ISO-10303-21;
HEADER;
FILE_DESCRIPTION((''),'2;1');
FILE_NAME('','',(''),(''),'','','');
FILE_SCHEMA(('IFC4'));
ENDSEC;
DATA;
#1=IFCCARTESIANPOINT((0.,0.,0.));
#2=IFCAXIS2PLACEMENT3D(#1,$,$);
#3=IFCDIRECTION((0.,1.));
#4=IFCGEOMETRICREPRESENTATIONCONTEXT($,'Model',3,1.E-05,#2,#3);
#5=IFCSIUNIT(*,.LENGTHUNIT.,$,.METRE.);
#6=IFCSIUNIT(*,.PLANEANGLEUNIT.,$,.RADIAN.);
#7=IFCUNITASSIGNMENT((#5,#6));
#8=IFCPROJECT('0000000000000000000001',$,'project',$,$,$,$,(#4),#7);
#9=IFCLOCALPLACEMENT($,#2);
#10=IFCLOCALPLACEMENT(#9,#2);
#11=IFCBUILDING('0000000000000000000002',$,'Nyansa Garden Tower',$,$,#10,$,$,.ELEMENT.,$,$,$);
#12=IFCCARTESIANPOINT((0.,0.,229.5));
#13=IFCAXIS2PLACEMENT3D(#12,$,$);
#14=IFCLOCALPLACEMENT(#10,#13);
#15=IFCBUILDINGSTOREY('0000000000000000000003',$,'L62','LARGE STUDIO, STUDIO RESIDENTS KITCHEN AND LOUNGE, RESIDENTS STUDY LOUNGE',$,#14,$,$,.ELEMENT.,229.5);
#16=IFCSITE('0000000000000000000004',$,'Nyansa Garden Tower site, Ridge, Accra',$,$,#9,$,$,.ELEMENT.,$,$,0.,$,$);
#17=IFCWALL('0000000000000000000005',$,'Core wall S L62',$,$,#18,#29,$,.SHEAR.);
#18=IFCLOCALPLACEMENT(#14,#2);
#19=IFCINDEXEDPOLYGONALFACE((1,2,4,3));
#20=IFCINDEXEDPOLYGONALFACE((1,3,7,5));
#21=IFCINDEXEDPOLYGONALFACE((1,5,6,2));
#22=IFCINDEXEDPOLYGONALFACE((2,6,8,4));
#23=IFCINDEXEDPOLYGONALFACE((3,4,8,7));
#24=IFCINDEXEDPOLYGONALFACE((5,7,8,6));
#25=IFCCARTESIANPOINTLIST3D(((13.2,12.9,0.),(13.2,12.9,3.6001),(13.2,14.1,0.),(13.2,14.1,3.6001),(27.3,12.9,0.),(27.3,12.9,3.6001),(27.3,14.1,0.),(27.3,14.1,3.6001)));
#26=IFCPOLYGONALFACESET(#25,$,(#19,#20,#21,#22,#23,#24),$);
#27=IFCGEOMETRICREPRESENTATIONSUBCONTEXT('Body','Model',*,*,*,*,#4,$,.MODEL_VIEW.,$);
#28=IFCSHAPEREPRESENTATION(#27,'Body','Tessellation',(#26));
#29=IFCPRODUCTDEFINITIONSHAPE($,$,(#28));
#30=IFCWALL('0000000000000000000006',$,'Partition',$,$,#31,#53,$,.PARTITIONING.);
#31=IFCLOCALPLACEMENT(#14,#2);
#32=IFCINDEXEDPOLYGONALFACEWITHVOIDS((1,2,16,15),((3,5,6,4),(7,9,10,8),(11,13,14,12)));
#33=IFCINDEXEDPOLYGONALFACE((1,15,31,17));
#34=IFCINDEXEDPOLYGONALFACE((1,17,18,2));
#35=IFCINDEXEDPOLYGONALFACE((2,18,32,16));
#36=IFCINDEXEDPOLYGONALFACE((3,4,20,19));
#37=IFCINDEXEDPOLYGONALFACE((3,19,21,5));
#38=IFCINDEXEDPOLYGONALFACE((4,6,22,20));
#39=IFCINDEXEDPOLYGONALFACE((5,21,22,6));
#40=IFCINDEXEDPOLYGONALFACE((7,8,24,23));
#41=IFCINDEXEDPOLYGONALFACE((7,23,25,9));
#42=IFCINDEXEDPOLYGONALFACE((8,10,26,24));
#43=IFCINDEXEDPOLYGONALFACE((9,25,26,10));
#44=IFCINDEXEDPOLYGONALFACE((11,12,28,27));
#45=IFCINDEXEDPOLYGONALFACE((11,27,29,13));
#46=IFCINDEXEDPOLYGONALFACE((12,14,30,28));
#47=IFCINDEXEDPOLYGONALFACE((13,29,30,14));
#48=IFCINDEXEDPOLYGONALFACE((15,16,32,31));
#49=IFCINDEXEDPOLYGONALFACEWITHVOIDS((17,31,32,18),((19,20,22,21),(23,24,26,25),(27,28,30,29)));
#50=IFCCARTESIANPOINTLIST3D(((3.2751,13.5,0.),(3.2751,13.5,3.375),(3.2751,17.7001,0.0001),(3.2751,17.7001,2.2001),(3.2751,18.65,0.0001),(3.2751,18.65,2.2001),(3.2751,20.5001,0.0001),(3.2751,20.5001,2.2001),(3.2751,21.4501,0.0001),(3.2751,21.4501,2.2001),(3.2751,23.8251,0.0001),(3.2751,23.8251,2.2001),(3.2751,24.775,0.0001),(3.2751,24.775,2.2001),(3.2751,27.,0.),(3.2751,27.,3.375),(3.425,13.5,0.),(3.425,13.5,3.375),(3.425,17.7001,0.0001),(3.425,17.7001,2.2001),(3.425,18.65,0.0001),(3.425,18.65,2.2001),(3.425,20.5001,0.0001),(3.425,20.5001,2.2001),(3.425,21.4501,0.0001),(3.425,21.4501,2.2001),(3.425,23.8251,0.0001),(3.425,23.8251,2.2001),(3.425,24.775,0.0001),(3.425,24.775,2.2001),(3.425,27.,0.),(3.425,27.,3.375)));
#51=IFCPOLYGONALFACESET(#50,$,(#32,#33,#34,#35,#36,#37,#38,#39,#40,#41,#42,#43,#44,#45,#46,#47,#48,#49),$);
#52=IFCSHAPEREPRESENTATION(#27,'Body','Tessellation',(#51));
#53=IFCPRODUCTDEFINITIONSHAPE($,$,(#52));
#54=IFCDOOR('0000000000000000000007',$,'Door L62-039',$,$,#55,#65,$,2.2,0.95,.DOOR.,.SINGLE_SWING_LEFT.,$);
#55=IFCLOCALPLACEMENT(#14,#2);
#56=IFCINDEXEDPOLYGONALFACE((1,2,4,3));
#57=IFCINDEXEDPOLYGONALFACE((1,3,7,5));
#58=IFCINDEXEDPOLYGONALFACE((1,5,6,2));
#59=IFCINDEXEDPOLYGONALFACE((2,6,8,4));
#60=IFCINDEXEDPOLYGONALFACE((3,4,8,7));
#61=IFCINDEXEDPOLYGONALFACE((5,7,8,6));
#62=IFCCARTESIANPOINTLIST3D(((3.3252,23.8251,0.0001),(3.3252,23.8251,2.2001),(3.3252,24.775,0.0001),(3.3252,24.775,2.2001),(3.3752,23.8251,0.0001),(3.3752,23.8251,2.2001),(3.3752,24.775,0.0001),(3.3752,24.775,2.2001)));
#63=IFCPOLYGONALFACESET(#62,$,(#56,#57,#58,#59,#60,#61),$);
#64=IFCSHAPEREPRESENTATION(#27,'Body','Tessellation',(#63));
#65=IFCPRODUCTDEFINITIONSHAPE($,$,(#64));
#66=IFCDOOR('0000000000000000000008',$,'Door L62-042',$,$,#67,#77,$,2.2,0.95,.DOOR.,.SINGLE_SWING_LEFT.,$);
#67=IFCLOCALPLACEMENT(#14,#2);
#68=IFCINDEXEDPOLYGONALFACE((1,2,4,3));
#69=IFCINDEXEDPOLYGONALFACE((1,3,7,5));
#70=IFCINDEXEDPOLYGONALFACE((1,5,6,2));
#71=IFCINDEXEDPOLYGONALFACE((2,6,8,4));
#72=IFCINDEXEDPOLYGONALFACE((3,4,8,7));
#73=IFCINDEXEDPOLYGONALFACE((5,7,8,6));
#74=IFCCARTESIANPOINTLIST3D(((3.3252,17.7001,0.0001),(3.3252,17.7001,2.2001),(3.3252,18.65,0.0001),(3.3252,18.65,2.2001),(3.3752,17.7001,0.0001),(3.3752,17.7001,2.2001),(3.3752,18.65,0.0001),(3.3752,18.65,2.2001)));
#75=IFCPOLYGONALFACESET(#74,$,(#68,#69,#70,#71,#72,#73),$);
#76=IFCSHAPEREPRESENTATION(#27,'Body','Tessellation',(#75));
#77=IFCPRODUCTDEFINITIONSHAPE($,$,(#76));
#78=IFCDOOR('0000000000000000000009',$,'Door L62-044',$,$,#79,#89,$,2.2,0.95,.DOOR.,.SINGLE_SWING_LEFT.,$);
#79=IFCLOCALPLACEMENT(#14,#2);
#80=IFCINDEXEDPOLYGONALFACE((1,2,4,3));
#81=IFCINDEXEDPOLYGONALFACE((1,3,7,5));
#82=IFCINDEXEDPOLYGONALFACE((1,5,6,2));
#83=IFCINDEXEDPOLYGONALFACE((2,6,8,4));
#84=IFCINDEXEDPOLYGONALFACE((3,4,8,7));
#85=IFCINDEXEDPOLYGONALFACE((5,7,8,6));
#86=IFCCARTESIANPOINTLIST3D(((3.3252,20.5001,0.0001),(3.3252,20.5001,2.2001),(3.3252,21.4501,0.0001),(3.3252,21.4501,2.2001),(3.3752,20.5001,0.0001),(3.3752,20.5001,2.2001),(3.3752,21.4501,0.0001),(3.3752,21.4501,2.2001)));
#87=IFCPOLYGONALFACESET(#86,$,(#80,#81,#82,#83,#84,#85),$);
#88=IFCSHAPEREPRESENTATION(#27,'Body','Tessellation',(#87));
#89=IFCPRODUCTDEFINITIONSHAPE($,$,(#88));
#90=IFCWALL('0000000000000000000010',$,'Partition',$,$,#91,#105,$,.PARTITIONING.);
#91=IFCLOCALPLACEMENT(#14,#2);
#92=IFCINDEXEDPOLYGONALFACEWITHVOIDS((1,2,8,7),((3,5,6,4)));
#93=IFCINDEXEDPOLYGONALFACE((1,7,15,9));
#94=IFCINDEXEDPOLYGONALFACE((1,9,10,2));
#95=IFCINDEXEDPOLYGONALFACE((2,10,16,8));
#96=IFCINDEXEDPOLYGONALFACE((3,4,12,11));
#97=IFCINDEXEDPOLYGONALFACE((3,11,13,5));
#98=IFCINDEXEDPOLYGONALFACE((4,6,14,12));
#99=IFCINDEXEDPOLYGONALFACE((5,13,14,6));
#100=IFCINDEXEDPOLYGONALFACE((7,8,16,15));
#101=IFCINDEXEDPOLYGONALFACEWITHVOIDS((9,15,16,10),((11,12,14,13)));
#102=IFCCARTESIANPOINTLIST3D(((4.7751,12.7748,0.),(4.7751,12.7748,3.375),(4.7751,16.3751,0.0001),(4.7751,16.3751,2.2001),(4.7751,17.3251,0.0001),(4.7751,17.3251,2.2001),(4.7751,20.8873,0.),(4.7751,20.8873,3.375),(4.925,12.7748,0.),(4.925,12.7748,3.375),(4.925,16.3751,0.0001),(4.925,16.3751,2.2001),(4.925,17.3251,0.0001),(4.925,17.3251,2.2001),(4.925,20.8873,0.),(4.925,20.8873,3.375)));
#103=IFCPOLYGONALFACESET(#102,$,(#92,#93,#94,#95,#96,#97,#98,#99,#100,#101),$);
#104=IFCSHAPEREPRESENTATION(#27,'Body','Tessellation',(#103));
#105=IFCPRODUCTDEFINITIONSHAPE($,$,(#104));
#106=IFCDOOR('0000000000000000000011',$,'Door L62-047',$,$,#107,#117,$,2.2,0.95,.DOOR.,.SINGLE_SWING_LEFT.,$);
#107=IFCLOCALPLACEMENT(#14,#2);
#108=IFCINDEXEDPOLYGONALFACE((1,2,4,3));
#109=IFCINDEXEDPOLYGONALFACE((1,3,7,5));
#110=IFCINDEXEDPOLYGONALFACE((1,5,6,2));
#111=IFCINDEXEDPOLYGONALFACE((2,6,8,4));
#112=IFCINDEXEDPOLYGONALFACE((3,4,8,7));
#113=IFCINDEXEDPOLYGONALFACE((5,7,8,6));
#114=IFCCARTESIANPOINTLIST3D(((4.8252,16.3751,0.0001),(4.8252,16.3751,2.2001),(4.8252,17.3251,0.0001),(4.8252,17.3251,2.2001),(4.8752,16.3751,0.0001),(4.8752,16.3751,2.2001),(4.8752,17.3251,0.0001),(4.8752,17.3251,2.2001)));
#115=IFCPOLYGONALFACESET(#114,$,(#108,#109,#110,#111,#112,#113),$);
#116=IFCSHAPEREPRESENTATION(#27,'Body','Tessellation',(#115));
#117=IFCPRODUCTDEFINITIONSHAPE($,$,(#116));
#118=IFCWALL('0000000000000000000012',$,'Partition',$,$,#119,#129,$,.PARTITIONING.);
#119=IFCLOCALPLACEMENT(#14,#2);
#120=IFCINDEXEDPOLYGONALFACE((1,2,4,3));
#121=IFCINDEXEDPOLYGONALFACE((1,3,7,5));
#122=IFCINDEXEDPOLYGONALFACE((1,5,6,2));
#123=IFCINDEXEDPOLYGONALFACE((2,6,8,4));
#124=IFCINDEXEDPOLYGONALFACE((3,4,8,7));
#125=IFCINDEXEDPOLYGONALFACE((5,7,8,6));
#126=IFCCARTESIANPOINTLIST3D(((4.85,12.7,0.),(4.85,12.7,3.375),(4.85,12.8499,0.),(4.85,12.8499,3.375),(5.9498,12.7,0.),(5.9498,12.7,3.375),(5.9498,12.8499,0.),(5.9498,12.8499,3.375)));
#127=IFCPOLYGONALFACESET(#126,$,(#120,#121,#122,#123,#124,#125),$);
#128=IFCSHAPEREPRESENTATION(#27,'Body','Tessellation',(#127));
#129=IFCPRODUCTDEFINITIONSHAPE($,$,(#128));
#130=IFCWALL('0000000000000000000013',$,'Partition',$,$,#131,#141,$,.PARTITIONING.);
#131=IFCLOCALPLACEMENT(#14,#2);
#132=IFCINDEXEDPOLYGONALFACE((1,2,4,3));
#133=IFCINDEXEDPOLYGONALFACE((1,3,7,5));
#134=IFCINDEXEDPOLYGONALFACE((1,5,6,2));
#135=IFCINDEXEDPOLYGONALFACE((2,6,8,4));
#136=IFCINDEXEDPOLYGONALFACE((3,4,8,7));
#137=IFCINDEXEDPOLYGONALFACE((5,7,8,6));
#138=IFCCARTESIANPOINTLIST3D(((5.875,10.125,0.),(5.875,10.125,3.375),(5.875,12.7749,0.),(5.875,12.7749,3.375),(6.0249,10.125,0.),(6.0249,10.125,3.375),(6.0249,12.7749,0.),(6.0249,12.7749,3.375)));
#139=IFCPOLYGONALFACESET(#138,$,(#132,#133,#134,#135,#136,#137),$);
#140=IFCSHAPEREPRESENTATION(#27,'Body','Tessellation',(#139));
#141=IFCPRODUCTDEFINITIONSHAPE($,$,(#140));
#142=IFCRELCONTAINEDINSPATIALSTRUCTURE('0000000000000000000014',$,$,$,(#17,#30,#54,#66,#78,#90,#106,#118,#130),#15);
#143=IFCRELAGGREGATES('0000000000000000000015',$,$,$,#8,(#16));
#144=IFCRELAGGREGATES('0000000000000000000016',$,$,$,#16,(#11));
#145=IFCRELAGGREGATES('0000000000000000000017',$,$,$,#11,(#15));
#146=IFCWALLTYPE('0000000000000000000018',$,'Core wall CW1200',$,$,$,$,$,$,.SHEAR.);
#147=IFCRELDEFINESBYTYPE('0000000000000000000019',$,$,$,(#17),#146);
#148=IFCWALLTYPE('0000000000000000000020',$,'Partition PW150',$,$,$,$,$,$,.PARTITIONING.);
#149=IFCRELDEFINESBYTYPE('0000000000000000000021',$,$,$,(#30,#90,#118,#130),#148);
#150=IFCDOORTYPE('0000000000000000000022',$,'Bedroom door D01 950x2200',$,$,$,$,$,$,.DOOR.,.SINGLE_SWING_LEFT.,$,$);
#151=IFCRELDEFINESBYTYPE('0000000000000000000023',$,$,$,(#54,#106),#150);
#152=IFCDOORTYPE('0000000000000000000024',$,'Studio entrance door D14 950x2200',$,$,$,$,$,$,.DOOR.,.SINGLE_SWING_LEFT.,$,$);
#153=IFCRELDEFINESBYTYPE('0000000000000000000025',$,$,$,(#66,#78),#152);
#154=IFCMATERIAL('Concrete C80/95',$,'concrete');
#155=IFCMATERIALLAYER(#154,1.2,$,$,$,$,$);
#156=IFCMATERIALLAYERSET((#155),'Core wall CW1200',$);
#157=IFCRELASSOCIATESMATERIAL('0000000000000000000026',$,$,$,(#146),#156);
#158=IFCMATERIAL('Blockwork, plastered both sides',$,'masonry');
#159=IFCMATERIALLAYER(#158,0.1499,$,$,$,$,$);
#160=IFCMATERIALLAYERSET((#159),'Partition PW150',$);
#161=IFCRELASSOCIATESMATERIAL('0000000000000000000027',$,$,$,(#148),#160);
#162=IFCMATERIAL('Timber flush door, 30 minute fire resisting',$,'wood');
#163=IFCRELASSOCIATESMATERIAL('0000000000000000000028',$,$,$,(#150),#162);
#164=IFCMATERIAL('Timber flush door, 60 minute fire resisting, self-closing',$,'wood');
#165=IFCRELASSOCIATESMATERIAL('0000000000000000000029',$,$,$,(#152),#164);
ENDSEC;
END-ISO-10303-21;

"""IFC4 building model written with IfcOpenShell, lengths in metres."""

from ifc_helpers import new_model, si_unit, direction, frame, frame_2d, origin, place, context, subcontext, project, spatial, rectangle, extrude, material, layer, layer_set, type_object, element, fill, save


model = new_model("IFC4")

# Units and contexts
model_context = context("Model", 3, precision=1e-05, world=origin(), true_north=direction((0.0, 1.0)))
body_context = subcontext(model_context, "Body", "Model", "MODEL_VIEW")
ifc_project = project(units=[si_unit("LENGTHUNIT", "METRE"), si_unit("PLANEANGLEUNIT", "RADIAN")], contexts=[model_context])

# Site, building, storey
site_placement = place(None, origin())
site = spatial("IfcSite", under=ifc_project, at=site_placement, Name="Nyansa Garden Tower site, Ridge, Accra", CompositionType="ELEMENT", RefElevation=0.0)
building_placement = place(site_placement, origin())
building = spatial("IfcBuilding", under=site, at=building_placement, Name="Nyansa Garden Tower", CompositionType="ELEMENT")
storey_placement = place(building_placement, frame((0.0, 0.0, 229.5)))
storey = spatial("IfcBuildingStorey", under=building, at=storey_placement, Name="L62", Description="LARGE STUDIO, STUDIO RESIDENTS KITCHEN AND LOUNGE, RESIDENTS STUDY LOUNGE", CompositionType="ELEMENT", Elevation=229.5)

# Wall
ifc_material_1 = material(Name="Concrete C80/95", Category="concrete")
ifc_layer_1 = layer(ifc_material_1, 1.2)
ifc_layer_set_1 = layer_set([ifc_layer_1], Name="Core wall CW1200")
wall_type_1 = type_object("IfcWallType", Name="Core wall CW1200", PredefinedType="SHEAR", material=ifc_layer_set_1)
wall_1_placement = place(storey_placement, frame((13.2, 13.5, 0.0), z_axis=(0.0, 0.0, 1.0), x_axis=(1.0, 0.0, 0.0)))
element("IfcWall", 1, at=wall_1_placement, inside=storey, type_object=wall_type_1, Name="Core wall S L62", PredefinedType="SHEAR", context=body_context, shape_type="SweptSolid", body=[
    extrude(rectangle(XDim=14.1001, YDim=1.2, at=frame_2d((7.05, 0.0))), origin(), (0.0, 0.0, 1.0), 3.6001),
])

# Wall, openings, doors
ifc_material_2 = material(Name="Blockwork, plastered both sides", Category="masonry")
ifc_layer_2 = layer(ifc_material_2, 0.1499)
ifc_layer_set_2 = layer_set([ifc_layer_2], Name="Partition PW150")
wall_type_2 = type_object("IfcWallType", Name="Partition PW150", PredefinedType="PARTITIONING", material=ifc_layer_set_2)
wall_2_placement = place(storey_placement, frame((3.3501, 13.5, 0.0), z_axis=(0.0, 0.0, 1.0), x_axis=(0.0, 1.0, 0.0)))
wall_2 = element("IfcWall", 2, at=wall_2_placement, inside=storey, type_object=wall_type_2, Name="Partition", PredefinedType="PARTITIONING", context=body_context, shape_type="SweptSolid", body=[
    extrude(rectangle(XDim=13.5, YDim=0.1499, at=frame_2d((6.75, 0.0))), origin(), (0.0, 0.0, 1.0), 3.375),
])
opening_1_placement = place(wall_2_placement, frame((10.325, 0.0, 0.0)))
opening_1 = element("IfcOpeningElement", 3, at=opening_1_placement, cuts=wall_2, PredefinedType="OPENING", context=body_context, shape_type="SweptSolid", body=[
    extrude(rectangle(XDim=0.95, YDim=2.2, at=frame_2d((0.4751, 1.1001))), frame((0.0, 0.085, 0.0), z_axis=(0.0, -1.0, 0.0), x_axis=(1.0, 0.0, 0.0)), (0.0, 0.0, 1.0), 0.1699),
])
opening_2_placement = place(wall_2_placement, frame((4.2, 0.0, 0.0)))
opening_2 = element("IfcOpeningElement", 4, at=opening_2_placement, cuts=wall_2, PredefinedType="OPENING", context=body_context, shape_type="SweptSolid", body=[
    extrude(rectangle(XDim=0.95, YDim=2.2, at=frame_2d((0.4751, 1.1001))), frame((0.0, 0.085, 0.0), z_axis=(0.0, -1.0, 0.0), x_axis=(1.0, 0.0, 0.0)), (0.0, 0.0, 1.0), 0.1699),
])
opening_3_placement = place(wall_2_placement, frame((7.0, 0.0, 0.0)))
opening_3 = element("IfcOpeningElement", 5, at=opening_3_placement, cuts=wall_2, PredefinedType="OPENING", context=body_context, shape_type="SweptSolid", body=[
    extrude(rectangle(XDim=0.95, YDim=2.2, at=frame_2d((0.4751, 1.1001))), frame((0.0, 0.085, 0.0), z_axis=(0.0, -1.0, 0.0), x_axis=(1.0, 0.0, 0.0)), (0.0, 0.0, 1.0), 0.1699),
])
ifc_material_3 = material(Name="Timber flush door, 30 minute fire resisting", Category="wood")
door_type_1 = type_object("IfcDoorType", Name="Bedroom door D01 950x2200", OperationType="SINGLE_SWING_LEFT", PredefinedType="DOOR", material=ifc_material_3)
door_1_placement = place(opening_1_placement, origin())
door_1 = element("IfcDoor", 6, at=door_1_placement, inside=storey, type_object=door_type_1, Name="Door L62-039", OperationType="SINGLE_SWING_LEFT", OverallHeight=2.2, OverallWidth=0.95, PredefinedType="DOOR", context=body_context, shape_type="SweptSolid", body=[
    extrude(rectangle(XDim=0.95, YDim=2.2, at=frame_2d((0.4751, 1.1001))), frame((0.0, 0.0249, 0.0), z_axis=(0.0, -1.0, 0.0), x_axis=(1.0, 0.0, 0.0)), (0.0, 0.0, 1.0), 0.05),
])
fill(opening_1, door_1)
ifc_material_4 = material(Name="Timber flush door, 60 minute fire resisting, self-closing", Category="wood")
door_type_2 = type_object("IfcDoorType", Name="Studio entrance door D14 950x2200", OperationType="SINGLE_SWING_LEFT", PredefinedType="DOOR", material=ifc_material_4)
door_2_placement = place(opening_2_placement, origin())
door_2 = element("IfcDoor", 7, at=door_2_placement, inside=storey, type_object=door_type_2, Name="Door L62-042", OperationType="SINGLE_SWING_LEFT", OverallHeight=2.2, OverallWidth=0.95, PredefinedType="DOOR", context=body_context, shape_type="SweptSolid", body=[
    extrude(rectangle(XDim=0.95, YDim=2.2, at=frame_2d((0.4751, 1.1001))), frame((0.0, 0.0249, 0.0), z_axis=(0.0, -1.0, 0.0), x_axis=(1.0, 0.0, 0.0)), (0.0, 0.0, 1.0), 0.05),
])
fill(opening_2, door_2)
door_3_placement = place(opening_3_placement, origin())
door_3 = element("IfcDoor", 8, at=door_3_placement, inside=storey, type_object=door_type_2, Name="Door L62-044", OperationType="SINGLE_SWING_LEFT", OverallHeight=2.2, OverallWidth=0.95, PredefinedType="DOOR", context=body_context, shape_type="SweptSolid", body=[
    extrude(rectangle(XDim=0.95, YDim=2.2, at=frame_2d((0.4751, 1.1001))), frame((0.0, 0.0249, 0.0), z_axis=(0.0, -1.0, 0.0), x_axis=(1.0, 0.0, 0.0)), (0.0, 0.0, 1.0), 0.05),
])
fill(opening_3, door_3)

# Wall, opening, door
wall_3_placement = place(storey_placement, frame((4.8501, 12.7749, 0.0), z_axis=(0.0, 0.0, 1.0), x_axis=(0.0, 1.0, 0.0)))
wall_3 = element("IfcWall", 9, at=wall_3_placement, inside=storey, type_object=wall_type_2, Name="Partition", PredefinedType="PARTITIONING", context=body_context, shape_type="SweptSolid", body=[
    extrude(rectangle(XDim=8.1125, YDim=0.1499, at=frame_2d((4.0562, 0.0))), origin(), (0.0, 0.0, 1.0), 3.375),
])
opening_4_placement = place(wall_3_placement, frame((3.6001, 0.0, 0.0)))
opening_4 = element("IfcOpeningElement", 10, at=opening_4_placement, cuts=wall_3, PredefinedType="OPENING", context=body_context, shape_type="SweptSolid", body=[
    extrude(rectangle(XDim=0.95, YDim=2.2, at=frame_2d((0.4751, 1.1001))), frame((0.0, 0.085, 0.0), z_axis=(0.0, -1.0, 0.0), x_axis=(1.0, 0.0, 0.0)), (0.0, 0.0, 1.0), 0.1699),
])
door_4_placement = place(opening_4_placement, origin())
door_4 = element("IfcDoor", 11, at=door_4_placement, inside=storey, type_object=door_type_1, Name="Door L62-047", OperationType="SINGLE_SWING_LEFT", OverallHeight=2.2, OverallWidth=0.95, PredefinedType="DOOR", context=body_context, shape_type="SweptSolid", body=[
    extrude(rectangle(XDim=0.95, YDim=2.2, at=frame_2d((0.4751, 1.1001))), frame((0.0, 0.0249, 0.0), z_axis=(0.0, -1.0, 0.0), x_axis=(1.0, 0.0, 0.0)), (0.0, 0.0, 1.0), 0.05),
])
fill(opening_4, door_4)

# Walls
wall_4_placement = place(storey_placement, frame((4.8501, 12.7749, 0.0), z_axis=(0.0, 0.0, 1.0), x_axis=(1.0, 0.0, 0.0)))
element("IfcWall", 12, at=wall_4_placement, inside=storey, type_object=wall_type_2, Name="Partition", PredefinedType="PARTITIONING", context=body_context, shape_type="SweptSolid", body=[
    extrude(rectangle(XDim=1.0999, YDim=0.1499, at=frame_2d((0.5498, 0.0))), origin(), (0.0, 0.0, 1.0), 3.375),
])
wall_5_placement = place(storey_placement, frame((5.95, 10.125, 0.0), z_axis=(0.0, 0.0, 1.0), x_axis=(0.0, 1.0, 0.0)))
element("IfcWall", 13, at=wall_5_placement, inside=storey, type_object=wall_type_2, Name="Partition", PredefinedType="PARTITIONING", context=body_context, shape_type="SweptSolid", body=[
    extrude(rectangle(XDim=2.6499, YDim=0.1499, at=frame_2d((1.325, 0.0))), origin(), (0.0, 0.0, 1.0), 3.375),
])

save(model, "model.ifc")
